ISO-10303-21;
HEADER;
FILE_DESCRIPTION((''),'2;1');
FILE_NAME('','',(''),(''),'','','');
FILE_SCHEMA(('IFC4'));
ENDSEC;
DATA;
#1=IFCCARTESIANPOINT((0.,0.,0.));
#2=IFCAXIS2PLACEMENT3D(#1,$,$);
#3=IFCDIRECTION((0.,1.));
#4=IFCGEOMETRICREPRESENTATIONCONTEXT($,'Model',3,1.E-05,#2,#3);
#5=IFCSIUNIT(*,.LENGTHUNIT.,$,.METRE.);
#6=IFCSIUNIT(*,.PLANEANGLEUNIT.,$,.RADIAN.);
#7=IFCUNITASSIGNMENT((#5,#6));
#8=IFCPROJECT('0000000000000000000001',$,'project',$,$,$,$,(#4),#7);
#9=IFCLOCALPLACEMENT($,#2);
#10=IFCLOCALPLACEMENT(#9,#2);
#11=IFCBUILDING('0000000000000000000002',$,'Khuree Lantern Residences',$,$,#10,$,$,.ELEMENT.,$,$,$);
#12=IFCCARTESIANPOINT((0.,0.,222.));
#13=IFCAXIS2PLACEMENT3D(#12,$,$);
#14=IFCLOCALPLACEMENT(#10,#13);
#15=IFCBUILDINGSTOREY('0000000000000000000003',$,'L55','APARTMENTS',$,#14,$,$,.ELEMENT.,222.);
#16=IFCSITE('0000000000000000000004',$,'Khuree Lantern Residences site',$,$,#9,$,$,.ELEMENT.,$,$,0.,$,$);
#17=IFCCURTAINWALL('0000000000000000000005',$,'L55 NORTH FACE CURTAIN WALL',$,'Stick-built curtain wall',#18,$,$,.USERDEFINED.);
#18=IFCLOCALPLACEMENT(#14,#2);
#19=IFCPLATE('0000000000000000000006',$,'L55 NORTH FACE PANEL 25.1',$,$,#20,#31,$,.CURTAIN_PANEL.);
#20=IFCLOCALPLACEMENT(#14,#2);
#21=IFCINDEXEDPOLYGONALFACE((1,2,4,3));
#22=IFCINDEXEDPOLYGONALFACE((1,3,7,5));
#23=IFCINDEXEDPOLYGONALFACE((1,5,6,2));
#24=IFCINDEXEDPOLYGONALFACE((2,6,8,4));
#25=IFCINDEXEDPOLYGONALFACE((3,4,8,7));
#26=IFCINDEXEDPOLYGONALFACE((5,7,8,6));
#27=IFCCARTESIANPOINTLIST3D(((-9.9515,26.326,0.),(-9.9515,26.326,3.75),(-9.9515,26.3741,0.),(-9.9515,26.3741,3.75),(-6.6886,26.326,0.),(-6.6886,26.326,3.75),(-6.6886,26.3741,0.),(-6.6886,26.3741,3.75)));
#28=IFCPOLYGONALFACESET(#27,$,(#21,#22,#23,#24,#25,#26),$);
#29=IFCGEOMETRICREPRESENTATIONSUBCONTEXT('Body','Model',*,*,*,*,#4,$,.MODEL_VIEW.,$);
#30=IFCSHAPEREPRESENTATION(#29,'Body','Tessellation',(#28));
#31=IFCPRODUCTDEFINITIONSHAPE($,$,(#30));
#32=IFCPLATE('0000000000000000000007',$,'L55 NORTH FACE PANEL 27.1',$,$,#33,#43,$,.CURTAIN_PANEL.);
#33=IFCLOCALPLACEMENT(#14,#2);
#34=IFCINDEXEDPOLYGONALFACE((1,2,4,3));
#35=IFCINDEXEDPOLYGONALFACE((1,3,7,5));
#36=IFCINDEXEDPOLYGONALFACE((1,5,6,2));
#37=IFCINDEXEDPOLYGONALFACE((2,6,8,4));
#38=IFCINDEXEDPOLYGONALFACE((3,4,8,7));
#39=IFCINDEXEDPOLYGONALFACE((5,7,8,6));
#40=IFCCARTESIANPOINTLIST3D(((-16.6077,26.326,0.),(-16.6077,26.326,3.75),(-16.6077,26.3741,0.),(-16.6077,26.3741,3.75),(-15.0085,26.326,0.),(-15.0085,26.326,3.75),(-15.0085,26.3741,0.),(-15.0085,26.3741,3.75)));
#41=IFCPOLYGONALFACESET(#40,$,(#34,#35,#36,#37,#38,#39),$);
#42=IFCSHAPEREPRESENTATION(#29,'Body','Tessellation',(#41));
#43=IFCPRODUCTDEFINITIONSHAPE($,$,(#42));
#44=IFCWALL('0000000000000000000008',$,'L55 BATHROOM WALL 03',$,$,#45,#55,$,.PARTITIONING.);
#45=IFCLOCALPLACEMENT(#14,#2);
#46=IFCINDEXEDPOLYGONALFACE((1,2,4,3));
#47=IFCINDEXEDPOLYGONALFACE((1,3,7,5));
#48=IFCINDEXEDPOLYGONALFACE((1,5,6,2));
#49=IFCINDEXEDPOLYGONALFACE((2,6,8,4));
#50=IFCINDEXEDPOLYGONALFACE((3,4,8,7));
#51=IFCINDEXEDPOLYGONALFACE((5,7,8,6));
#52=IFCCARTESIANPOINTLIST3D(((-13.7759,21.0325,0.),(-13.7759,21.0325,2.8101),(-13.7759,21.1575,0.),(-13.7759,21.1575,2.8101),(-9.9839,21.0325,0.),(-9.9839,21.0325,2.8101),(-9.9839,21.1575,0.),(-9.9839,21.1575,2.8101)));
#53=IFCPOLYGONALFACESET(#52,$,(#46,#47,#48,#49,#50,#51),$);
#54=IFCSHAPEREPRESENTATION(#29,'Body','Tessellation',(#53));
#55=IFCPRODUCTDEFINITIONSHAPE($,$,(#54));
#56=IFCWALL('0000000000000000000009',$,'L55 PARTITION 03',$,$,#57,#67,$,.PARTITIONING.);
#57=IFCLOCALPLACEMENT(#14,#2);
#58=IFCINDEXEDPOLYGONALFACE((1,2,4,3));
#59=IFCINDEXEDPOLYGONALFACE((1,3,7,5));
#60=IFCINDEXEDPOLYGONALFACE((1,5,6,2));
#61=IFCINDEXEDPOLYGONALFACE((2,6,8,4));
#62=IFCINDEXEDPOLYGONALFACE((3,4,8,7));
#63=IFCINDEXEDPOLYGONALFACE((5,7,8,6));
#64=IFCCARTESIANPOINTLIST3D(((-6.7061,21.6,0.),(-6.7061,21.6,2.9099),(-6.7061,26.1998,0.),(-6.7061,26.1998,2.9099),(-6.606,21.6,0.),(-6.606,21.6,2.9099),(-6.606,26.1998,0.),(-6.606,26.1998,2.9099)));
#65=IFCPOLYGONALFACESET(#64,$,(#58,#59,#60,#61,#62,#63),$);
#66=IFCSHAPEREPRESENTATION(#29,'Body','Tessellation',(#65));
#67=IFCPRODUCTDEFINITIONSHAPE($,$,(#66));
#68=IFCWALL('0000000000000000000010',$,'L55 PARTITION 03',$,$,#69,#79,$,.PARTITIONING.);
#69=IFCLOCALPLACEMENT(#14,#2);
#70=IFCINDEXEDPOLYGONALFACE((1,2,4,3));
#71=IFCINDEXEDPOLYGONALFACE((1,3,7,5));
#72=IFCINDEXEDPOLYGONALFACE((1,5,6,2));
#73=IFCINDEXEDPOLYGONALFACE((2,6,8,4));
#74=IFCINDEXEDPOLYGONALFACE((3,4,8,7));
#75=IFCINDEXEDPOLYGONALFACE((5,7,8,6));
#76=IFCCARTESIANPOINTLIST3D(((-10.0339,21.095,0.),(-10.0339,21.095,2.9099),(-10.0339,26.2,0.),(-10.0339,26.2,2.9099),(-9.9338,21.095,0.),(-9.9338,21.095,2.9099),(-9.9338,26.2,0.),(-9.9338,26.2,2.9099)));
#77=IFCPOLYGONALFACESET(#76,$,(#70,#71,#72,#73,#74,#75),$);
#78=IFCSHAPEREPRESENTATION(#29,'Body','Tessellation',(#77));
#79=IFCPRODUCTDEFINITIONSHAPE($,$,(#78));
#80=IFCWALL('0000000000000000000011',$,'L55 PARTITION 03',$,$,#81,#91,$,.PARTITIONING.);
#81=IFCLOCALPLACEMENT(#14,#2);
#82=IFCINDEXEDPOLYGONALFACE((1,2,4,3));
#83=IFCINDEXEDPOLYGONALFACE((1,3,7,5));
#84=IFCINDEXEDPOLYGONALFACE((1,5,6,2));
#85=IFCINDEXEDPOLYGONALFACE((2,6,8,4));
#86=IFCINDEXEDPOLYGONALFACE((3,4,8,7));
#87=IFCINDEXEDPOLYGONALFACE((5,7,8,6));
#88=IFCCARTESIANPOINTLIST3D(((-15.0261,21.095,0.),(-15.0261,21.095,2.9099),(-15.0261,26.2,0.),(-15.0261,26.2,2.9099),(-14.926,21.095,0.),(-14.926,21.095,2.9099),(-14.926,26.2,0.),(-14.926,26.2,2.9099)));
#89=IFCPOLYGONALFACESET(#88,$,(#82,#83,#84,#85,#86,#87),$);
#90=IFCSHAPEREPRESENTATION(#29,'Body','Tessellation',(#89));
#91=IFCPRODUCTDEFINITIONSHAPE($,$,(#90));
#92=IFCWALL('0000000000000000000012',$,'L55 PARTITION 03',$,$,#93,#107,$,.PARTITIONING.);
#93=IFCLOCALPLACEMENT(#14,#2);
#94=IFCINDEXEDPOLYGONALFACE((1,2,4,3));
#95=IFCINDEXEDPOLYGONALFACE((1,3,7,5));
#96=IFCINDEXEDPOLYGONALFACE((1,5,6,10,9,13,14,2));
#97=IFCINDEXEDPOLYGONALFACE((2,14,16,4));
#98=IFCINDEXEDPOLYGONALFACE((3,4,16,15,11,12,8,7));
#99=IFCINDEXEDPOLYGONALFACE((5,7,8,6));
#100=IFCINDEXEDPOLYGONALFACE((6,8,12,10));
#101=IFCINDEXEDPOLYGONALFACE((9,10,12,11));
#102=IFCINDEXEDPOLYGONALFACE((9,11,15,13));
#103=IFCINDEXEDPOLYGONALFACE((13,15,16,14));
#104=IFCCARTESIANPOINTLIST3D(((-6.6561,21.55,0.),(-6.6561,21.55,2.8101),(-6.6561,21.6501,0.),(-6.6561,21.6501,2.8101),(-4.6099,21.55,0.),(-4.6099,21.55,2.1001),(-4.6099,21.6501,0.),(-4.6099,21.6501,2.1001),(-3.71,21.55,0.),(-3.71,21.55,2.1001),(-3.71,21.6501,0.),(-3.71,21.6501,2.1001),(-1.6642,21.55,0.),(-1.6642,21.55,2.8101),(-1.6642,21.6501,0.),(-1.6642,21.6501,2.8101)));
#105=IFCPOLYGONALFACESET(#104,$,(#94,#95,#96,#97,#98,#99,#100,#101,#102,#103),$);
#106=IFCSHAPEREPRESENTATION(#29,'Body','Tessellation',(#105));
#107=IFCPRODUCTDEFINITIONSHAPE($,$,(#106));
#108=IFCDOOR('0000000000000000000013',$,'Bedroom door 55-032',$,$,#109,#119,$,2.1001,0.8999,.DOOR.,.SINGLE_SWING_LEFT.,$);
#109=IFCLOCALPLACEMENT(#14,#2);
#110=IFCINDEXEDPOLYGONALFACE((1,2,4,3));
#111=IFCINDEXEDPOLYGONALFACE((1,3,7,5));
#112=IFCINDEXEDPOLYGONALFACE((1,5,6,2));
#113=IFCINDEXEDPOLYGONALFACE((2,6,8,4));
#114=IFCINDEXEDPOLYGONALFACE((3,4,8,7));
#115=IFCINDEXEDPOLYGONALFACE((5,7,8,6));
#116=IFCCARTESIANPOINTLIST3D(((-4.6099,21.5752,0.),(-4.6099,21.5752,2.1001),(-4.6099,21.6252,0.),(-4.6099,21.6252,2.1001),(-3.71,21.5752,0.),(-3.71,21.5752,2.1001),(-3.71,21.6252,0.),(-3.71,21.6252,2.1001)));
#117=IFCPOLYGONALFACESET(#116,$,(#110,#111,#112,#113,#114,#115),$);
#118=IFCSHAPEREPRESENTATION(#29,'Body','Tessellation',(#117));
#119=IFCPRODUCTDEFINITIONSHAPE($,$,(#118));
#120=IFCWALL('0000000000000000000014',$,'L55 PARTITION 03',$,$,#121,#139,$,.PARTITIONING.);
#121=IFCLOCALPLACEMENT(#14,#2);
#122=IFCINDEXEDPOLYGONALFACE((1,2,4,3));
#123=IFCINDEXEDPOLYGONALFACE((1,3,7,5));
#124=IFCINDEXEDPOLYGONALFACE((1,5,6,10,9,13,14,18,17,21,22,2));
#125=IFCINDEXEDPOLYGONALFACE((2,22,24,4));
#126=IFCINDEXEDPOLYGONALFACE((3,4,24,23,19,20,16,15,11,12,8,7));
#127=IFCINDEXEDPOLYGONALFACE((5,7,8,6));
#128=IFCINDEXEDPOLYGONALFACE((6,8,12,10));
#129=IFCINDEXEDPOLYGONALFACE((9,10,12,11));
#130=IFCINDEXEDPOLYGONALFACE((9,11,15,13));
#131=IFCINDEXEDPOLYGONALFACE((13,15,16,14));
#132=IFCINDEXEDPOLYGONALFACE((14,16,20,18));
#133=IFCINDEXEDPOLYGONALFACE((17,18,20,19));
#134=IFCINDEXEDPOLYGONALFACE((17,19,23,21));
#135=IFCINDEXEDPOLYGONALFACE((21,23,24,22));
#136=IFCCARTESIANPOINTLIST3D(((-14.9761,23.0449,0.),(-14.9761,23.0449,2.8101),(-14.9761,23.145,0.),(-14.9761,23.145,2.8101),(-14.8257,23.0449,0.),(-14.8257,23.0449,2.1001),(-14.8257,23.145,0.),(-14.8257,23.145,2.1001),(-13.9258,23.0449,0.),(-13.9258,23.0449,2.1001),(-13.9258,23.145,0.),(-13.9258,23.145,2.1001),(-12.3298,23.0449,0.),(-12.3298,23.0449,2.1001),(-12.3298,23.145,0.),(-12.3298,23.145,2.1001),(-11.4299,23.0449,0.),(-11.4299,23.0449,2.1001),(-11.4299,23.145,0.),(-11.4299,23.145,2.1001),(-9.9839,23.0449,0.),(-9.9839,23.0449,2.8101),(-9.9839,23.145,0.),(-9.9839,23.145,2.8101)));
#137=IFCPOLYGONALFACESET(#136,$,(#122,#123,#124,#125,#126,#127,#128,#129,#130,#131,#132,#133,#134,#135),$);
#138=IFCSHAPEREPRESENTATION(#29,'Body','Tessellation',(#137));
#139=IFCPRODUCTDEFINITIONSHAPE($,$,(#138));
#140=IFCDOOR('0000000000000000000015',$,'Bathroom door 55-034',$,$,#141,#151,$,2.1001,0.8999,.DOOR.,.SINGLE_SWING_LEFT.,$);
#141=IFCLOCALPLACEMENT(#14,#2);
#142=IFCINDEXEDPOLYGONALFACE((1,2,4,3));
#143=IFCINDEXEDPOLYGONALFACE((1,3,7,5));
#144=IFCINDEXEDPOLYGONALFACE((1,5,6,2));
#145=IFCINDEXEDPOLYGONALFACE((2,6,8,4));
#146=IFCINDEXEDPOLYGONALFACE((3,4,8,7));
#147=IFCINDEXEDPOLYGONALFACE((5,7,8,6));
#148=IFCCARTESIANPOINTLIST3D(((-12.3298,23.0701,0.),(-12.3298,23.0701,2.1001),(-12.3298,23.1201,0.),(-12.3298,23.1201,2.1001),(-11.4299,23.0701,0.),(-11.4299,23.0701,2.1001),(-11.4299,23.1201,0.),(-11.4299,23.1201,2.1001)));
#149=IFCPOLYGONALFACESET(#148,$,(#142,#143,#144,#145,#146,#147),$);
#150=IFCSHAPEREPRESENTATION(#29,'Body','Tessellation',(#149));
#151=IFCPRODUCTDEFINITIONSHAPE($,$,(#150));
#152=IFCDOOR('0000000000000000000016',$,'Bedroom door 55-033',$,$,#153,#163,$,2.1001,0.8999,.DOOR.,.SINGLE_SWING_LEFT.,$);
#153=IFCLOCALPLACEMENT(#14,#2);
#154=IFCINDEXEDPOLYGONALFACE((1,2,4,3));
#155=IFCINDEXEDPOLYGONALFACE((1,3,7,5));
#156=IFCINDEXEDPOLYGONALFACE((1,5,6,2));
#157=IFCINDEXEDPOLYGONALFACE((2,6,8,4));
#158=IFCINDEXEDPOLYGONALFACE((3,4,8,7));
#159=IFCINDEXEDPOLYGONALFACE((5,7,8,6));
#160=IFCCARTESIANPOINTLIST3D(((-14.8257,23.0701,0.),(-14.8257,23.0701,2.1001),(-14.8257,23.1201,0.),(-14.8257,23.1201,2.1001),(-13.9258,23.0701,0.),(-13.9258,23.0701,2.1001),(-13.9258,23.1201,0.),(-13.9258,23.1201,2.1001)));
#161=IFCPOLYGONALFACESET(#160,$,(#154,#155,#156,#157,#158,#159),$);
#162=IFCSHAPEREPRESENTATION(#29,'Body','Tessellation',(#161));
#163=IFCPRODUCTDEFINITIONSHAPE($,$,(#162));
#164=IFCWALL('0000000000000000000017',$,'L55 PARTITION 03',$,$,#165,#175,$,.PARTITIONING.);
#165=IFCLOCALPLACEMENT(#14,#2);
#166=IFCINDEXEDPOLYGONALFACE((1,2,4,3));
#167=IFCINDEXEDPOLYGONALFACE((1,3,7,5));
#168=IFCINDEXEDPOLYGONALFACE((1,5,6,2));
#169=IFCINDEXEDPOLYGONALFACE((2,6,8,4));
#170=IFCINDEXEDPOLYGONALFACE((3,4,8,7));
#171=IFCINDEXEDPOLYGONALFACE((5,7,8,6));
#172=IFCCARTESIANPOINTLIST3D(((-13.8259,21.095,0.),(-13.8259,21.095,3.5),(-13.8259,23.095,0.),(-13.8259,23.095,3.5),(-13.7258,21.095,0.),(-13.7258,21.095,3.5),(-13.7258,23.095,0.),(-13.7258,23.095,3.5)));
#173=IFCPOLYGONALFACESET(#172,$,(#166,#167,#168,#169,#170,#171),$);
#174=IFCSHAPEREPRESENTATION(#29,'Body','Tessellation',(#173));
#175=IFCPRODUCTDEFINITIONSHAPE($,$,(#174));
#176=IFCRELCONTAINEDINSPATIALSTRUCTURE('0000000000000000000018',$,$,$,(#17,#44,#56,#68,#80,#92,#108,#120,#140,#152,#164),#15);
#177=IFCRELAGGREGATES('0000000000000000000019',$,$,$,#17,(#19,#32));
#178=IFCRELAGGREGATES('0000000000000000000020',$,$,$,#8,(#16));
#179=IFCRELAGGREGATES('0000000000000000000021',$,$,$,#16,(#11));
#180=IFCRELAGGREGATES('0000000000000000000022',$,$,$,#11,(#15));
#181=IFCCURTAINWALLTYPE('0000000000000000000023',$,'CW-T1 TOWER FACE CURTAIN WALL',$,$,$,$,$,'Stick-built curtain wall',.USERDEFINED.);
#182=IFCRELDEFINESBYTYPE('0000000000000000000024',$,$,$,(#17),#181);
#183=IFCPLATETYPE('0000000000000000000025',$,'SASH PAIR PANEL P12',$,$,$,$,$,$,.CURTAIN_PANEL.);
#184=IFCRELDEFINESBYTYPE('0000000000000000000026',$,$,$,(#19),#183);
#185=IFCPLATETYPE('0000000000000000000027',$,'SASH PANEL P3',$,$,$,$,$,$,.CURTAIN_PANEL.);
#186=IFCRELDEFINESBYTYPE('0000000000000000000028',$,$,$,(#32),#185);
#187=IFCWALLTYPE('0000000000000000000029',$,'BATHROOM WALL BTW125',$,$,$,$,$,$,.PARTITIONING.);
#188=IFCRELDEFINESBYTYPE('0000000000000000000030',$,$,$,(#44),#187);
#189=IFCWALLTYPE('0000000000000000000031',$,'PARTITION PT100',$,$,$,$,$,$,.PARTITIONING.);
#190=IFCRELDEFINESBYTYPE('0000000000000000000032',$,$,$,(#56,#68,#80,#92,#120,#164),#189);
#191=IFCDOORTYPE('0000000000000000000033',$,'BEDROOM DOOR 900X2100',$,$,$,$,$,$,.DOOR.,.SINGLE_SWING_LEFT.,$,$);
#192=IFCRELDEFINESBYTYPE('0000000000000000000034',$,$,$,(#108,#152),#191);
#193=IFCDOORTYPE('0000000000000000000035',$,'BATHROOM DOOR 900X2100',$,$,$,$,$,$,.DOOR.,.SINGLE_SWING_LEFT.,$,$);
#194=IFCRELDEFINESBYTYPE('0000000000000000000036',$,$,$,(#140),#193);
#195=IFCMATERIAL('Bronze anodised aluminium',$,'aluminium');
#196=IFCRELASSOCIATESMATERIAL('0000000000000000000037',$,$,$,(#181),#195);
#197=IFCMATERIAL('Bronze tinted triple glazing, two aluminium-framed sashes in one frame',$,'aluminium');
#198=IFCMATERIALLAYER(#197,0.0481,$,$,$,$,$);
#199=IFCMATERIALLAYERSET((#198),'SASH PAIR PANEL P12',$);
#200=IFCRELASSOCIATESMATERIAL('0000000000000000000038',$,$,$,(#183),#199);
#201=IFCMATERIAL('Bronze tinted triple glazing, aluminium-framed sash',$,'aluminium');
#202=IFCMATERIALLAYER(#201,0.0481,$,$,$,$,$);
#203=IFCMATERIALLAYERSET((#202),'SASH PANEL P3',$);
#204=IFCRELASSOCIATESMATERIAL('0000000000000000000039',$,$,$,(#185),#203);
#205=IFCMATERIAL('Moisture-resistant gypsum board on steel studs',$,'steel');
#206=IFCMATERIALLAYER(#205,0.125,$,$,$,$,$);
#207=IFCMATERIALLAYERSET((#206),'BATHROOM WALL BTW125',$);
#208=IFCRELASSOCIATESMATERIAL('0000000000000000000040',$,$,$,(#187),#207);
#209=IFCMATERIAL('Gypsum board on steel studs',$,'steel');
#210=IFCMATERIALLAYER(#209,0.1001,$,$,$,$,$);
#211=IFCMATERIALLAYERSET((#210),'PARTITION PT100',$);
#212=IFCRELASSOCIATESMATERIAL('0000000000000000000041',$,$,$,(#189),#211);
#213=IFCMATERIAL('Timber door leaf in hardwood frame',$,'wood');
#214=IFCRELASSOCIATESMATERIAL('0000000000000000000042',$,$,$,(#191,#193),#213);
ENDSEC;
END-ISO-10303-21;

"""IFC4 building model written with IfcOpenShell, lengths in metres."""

from ifc_helpers import new_model, si_unit, direction, frame, frame_2d, origin, origin_2d, place, context, subcontext, project, spatial, rectangle, extrude, material, layer, layer_set, type_object, element, fill, aggregate, save


model = new_model("IFC4")

# Units and contexts
model_context = context("Model", 3, precision=1e-05, world=origin(), true_north=direction((0.0, 1.0)))
body_context = subcontext(model_context, "Body", "Model", "MODEL_VIEW")
ifc_project = project(units=[si_unit("LENGTHUNIT", "METRE"), si_unit("PLANEANGLEUNIT", "RADIAN")], contexts=[model_context])

# Site, building, storey
site_placement = place(None, origin())
site = spatial("IfcSite", under=ifc_project, at=site_placement, Name="Khuree Lantern Residences site", CompositionType="ELEMENT", RefElevation=0.0)
building_placement = place(site_placement, origin())
building = spatial("IfcBuilding", under=site, at=building_placement, Name="Khuree Lantern Residences", CompositionType="ELEMENT")
storey_placement = place(building_placement, frame((0.0, 0.0, 222.0)))
storey = spatial("IfcBuildingStorey", under=building, at=storey_placement, Name="L55", Description="APARTMENTS", CompositionType="ELEMENT", Elevation=222.0)

# Curtain wall
ifc_material_1 = material(Name="Bronze anodised aluminium", Category="aluminium")
curtain_wall_type = type_object("IfcCurtainWallType", Name="CW-T1 TOWER FACE CURTAIN WALL", ElementType="Stick-built curtain wall", PredefinedType="USERDEFINED", material=ifc_material_1)
curtain_wall_placement = place(storey_placement, origin())
curtain_wall = element("IfcCurtainWall", 1, at=curtain_wall_placement, inside=storey, type_object=curtain_wall_type, Name="L55 NORTH FACE CURTAIN WALL", ObjectType="Stick-built curtain wall", PredefinedType="USERDEFINED")

# Plates
ifc_material_2 = material(Name="Bronze tinted triple glazing, two aluminium-framed sashes in one frame", Category="aluminium")
ifc_layer_1 = layer(ifc_material_2, 0.0481)
ifc_layer_set_1 = layer_set([ifc_layer_1], Name="SASH PAIR PANEL P12")
plate_type_1 = type_object("IfcPlateType", Name="SASH PAIR PANEL P12", PredefinedType="CURTAIN_PANEL", material=ifc_layer_set_1)
plate_1_placement = place(storey_placement, frame((-8.3201, 26.3501, 0.0), z_axis=(0.0, 0.0, 1.0), x_axis=(-1.0, 0.0, 0.0)))
plate_1 = element("IfcPlate", 2, at=plate_1_placement, type_object=plate_type_1, Name="L55 NORTH FACE PANEL 25.1", PredefinedType="CURTAIN_PANEL", context=body_context, shape_type="SweptSolid", body=[
    extrude(rectangle(XDim=3.2629, YDim=0.0481, at=origin_2d()), origin(), (0.0, 0.0, 1.0), 3.75),
])
ifc_material_3 = material(Name="Bronze tinted triple glazing, aluminium-framed sash", Category="aluminium")
ifc_layer_2 = layer(ifc_material_3, 0.0481)
ifc_layer_set_2 = layer_set([ifc_layer_2], Name="SASH PANEL P3")
plate_type_2 = type_object("IfcPlateType", Name="SASH PANEL P3", PredefinedType="CURTAIN_PANEL", material=ifc_layer_set_2)
plate_2_placement = place(storey_placement, frame((-15.8081, 26.3501, 0.0), z_axis=(0.0, 0.0, 1.0), x_axis=(-1.0, 0.0, 0.0)))
plate_2 = element("IfcPlate", 3, at=plate_2_placement, type_object=plate_type_2, Name="L55 NORTH FACE PANEL 27.1", PredefinedType="CURTAIN_PANEL", context=body_context, shape_type="SweptSolid", body=[
    extrude(rectangle(XDim=1.5991, YDim=0.0481, at=origin_2d()), origin(), (0.0, 0.0, 1.0), 3.75),
])
aggregate(curtain_wall, [plate_1, plate_2])

# Walls
ifc_material_4 = material(Name="Moisture-resistant gypsum board on steel studs", Category="steel")
ifc_layer_3 = layer(ifc_material_4, 0.125)
ifc_layer_set_3 = layer_set([ifc_layer_3], Name="BATHROOM WALL BTW125")
wall_type_1 = type_object("IfcWallType", Name="BATHROOM WALL BTW125", PredefinedType="PARTITIONING", material=ifc_layer_set_3)
wall_1_placement = place(storey_placement, frame((-9.9839, 21.095, 0.0), z_axis=(0.0, 0.0, 1.0), x_axis=(-1.0, 0.0, 0.0)))
element("IfcWall", 4, at=wall_1_placement, inside=storey, type_object=wall_type_1, Name="L55 BATHROOM WALL 03", PredefinedType="PARTITIONING", context=body_context, shape_type="SweptSolid", body=[
    extrude(rectangle(XDim=3.792, YDim=0.125, at=frame_2d((1.896, 0.0))), origin(), (0.0, 0.0, 1.0), 2.8101),
])
ifc_material_5 = material(Name="Gypsum board on steel studs", Category="steel")
ifc_layer_4 = layer(ifc_material_5, 0.1001)
ifc_layer_set_4 = layer_set([ifc_layer_4], Name="PARTITION PT100")
wall_type_2 = type_object("IfcWallType", Name="PARTITION PT100", PredefinedType="PARTITIONING", material=ifc_layer_set_4)
wall_2_placement = place(storey_placement, frame((-6.656, 21.6001, 0.0), z_axis=(0.0, 0.0, 1.0), x_axis=(0.0, 1.0, 0.0)))
element("IfcWall", 5, at=wall_2_placement, inside=storey, type_object=wall_type_2, Name="L55 PARTITION 03", PredefinedType="PARTITIONING", context=body_context, shape_type="SweptSolid", body=[
    extrude(rectangle(XDim=4.5999, YDim=0.1001, at=frame_2d((2.2998, 0.0))), origin(), (0.0, 0.0, 1.0), 2.9099),
])
for number, where, z_axis, x_axis, name in (
    (6, (-9.9839, 21.095, 0.0), (0.0, 0.0, 1.0), (0.0, 1.0, 0.0), "L55 PARTITION 03"),
    (7, (-14.9761, 21.095, 0.0), (0.0, 0.0, 1.0), (0.0, 1.0, 0.0), "L55 PARTITION 03"),
):
    element("IfcWall", number, at=place(storey_placement, frame(where, z_axis=z_axis, x_axis=x_axis)), inside=storey, type_object=wall_type_2, Name=name, PredefinedType="PARTITIONING", context=body_context, shape_type="SweptSolid", body=[
        extrude(rectangle(XDim=5.105, YDim=0.1001, at=frame_2d((2.5525, 0.0))), origin(), (0.0, 0.0, 1.0), 2.9099),
    ])

# Wall, opening, door
wall_3_placement = place(storey_placement, frame((-1.6641, 21.6001, 0.0), z_axis=(0.0, 0.0, 1.0), x_axis=(-1.0, 0.0, 0.0)))
wall_3 = element("IfcWall", 8, at=wall_3_placement, inside=storey, type_object=wall_type_2, Name="L55 PARTITION 03", PredefinedType="PARTITIONING", context=body_context, shape_type="SweptSolid", body=[
    extrude(rectangle(XDim=4.9919, YDim=0.1001, at=frame_2d((2.4961, 0.0))), origin(), (0.0, 0.0, 1.0), 2.8101),
])
opening_1_placement = place(wall_3_placement, frame((2.0459, 0.0, 0.0)))
opening_1 = element("IfcOpeningElement", 9, at=opening_1_placement, cuts=wall_3, PredefinedType="OPENING", context=body_context, shape_type="SweptSolid", body=[
    extrude(rectangle(XDim=0.8999, YDim=2.1001, at=frame_2d((0.45, 1.05))), frame((0.0, 0.0601, 0.0), z_axis=(0.0, -1.0, 0.0), x_axis=(1.0, 0.0, 0.0)), (0.0, 0.0, 1.0), 0.1201),
])
ifc_material_6 = material(Name="Timber door leaf in hardwood frame", Category="wood")
door_type_1 = type_object("IfcDoorType", Name="BEDROOM DOOR 900X2100", OperationType="SINGLE_SWING_LEFT", PredefinedType="DOOR", material=ifc_material_6)
door_1_placement = place(opening_1_placement, origin())
door_1 = element("IfcDoor", 10, at=door_1_placement, inside=storey, type_object=door_type_1, Name="Bedroom door 55-032", OperationType="SINGLE_SWING_LEFT", OverallHeight=2.1001, OverallWidth=0.8999, PredefinedType="DOOR", context=body_context, shape_type="SweptSolid", body=[
    extrude(rectangle(XDim=0.8999, YDim=2.1001, at=frame_2d((0.45, 1.05))), frame((0.0, 0.0249, 0.0), z_axis=(0.0, -1.0, 0.0), x_axis=(1.0, 0.0, 0.0)), (0.0, 0.0, 1.0), 0.05),
])
fill(opening_1, door_1)

# Wall, openings, doors
wall_4_placement = place(storey_placement, frame((-9.9839, 23.095, 0.0), z_axis=(0.0, 0.0, 1.0), x_axis=(-1.0, 0.0, 0.0)))
wall_4 = element("IfcWall", 11, at=wall_4_placement, inside=storey, type_object=wall_type_2, Name="L55 PARTITION 03", PredefinedType="PARTITIONING", context=body_context, shape_type="SweptSolid", body=[
    extrude(rectangle(XDim=4.9922, YDim=0.1001, at=frame_2d((2.4961, 0.0))), origin(), (0.0, 0.0, 1.0), 2.8101),
])
opening_2_placement = place(wall_4_placement, frame((3.9419, 0.0, 0.0)))
opening_2 = element("IfcOpeningElement", 12, at=opening_2_placement, cuts=wall_4, PredefinedType="OPENING", context=body_context, shape_type="SweptSolid", body=[
    extrude(rectangle(XDim=0.8999, YDim=2.1001, at=frame_2d((0.45, 1.05))), frame((0.0, 0.0601, 0.0), z_axis=(0.0, -1.0, 0.0), x_axis=(1.0, 0.0, 0.0)), (0.0, 0.0, 1.0), 0.1201),
])
opening_3_placement = place(wall_4_placement, frame((1.446, 0.0, 0.0)))
opening_3 = element("IfcOpeningElement", 13, at=opening_3_placement, cuts=wall_4, PredefinedType="OPENING", context=body_context, shape_type="SweptSolid", body=[
    extrude(rectangle(XDim=0.8999, YDim=2.1001, at=frame_2d((0.45, 1.05))), frame((0.0, 0.0601, 0.0), z_axis=(0.0, -1.0, 0.0), x_axis=(1.0, 0.0, 0.0)), (0.0, 0.0, 1.0), 0.1201),
])
door_type_2 = type_object("IfcDoorType", Name="BATHROOM DOOR 900X2100", OperationType="SINGLE_SWING_LEFT", PredefinedType="DOOR", material=ifc_material_6)
door_2_placement = place(opening_3_placement, origin())
door_2 = element("IfcDoor", 14, at=door_2_placement, inside=storey, type_object=door_type_2, Name="Bathroom door 55-034", OperationType="SINGLE_SWING_LEFT", OverallHeight=2.1001, OverallWidth=0.8999, PredefinedType="DOOR", context=body_context, shape_type="SweptSolid", body=[
    extrude(rectangle(XDim=0.8999, YDim=2.1001, at=frame_2d((0.45, 1.05))), frame((0.0, 0.0249, 0.0), z_axis=(0.0, -1.0, 0.0), x_axis=(1.0, 0.0, 0.0)), (0.0, 0.0, 1.0), 0.05),
])
fill(opening_3, door_2)
door_3_placement = place(opening_2_placement, origin())
door_3 = element("IfcDoor", 15, at=door_3_placement, inside=storey, type_object=door_type_1, Name="Bedroom door 55-033", OperationType="SINGLE_SWING_LEFT", OverallHeight=2.1001, OverallWidth=0.8999, PredefinedType="DOOR", context=body_context, shape_type="SweptSolid", body=[
    extrude(rectangle(XDim=0.8999, YDim=2.1001, at=frame_2d((0.45, 1.05))), frame((0.0, 0.0249, 0.0), z_axis=(0.0, -1.0, 0.0), x_axis=(1.0, 0.0, 0.0)), (0.0, 0.0, 1.0), 0.05),
])
fill(opening_2, door_3)

# Wall
wall_5_placement = place(storey_placement, frame((-13.7759, 21.095, 0.0), z_axis=(0.0, 0.0, 1.0), x_axis=(0.0, 1.0, 0.0)))
element("IfcWall", 16, at=wall_5_placement, inside=storey, type_object=wall_type_2, Name="L55 PARTITION 03", PredefinedType="PARTITIONING", context=body_context, shape_type="SweptSolid", body=[
    extrude(rectangle(XDim=2.0, YDim=0.1001, at=frame_2d((1.0, 0.0))), origin(), (0.0, 0.0, 1.0), 3.5),
])

save(model, "model.ifc")
